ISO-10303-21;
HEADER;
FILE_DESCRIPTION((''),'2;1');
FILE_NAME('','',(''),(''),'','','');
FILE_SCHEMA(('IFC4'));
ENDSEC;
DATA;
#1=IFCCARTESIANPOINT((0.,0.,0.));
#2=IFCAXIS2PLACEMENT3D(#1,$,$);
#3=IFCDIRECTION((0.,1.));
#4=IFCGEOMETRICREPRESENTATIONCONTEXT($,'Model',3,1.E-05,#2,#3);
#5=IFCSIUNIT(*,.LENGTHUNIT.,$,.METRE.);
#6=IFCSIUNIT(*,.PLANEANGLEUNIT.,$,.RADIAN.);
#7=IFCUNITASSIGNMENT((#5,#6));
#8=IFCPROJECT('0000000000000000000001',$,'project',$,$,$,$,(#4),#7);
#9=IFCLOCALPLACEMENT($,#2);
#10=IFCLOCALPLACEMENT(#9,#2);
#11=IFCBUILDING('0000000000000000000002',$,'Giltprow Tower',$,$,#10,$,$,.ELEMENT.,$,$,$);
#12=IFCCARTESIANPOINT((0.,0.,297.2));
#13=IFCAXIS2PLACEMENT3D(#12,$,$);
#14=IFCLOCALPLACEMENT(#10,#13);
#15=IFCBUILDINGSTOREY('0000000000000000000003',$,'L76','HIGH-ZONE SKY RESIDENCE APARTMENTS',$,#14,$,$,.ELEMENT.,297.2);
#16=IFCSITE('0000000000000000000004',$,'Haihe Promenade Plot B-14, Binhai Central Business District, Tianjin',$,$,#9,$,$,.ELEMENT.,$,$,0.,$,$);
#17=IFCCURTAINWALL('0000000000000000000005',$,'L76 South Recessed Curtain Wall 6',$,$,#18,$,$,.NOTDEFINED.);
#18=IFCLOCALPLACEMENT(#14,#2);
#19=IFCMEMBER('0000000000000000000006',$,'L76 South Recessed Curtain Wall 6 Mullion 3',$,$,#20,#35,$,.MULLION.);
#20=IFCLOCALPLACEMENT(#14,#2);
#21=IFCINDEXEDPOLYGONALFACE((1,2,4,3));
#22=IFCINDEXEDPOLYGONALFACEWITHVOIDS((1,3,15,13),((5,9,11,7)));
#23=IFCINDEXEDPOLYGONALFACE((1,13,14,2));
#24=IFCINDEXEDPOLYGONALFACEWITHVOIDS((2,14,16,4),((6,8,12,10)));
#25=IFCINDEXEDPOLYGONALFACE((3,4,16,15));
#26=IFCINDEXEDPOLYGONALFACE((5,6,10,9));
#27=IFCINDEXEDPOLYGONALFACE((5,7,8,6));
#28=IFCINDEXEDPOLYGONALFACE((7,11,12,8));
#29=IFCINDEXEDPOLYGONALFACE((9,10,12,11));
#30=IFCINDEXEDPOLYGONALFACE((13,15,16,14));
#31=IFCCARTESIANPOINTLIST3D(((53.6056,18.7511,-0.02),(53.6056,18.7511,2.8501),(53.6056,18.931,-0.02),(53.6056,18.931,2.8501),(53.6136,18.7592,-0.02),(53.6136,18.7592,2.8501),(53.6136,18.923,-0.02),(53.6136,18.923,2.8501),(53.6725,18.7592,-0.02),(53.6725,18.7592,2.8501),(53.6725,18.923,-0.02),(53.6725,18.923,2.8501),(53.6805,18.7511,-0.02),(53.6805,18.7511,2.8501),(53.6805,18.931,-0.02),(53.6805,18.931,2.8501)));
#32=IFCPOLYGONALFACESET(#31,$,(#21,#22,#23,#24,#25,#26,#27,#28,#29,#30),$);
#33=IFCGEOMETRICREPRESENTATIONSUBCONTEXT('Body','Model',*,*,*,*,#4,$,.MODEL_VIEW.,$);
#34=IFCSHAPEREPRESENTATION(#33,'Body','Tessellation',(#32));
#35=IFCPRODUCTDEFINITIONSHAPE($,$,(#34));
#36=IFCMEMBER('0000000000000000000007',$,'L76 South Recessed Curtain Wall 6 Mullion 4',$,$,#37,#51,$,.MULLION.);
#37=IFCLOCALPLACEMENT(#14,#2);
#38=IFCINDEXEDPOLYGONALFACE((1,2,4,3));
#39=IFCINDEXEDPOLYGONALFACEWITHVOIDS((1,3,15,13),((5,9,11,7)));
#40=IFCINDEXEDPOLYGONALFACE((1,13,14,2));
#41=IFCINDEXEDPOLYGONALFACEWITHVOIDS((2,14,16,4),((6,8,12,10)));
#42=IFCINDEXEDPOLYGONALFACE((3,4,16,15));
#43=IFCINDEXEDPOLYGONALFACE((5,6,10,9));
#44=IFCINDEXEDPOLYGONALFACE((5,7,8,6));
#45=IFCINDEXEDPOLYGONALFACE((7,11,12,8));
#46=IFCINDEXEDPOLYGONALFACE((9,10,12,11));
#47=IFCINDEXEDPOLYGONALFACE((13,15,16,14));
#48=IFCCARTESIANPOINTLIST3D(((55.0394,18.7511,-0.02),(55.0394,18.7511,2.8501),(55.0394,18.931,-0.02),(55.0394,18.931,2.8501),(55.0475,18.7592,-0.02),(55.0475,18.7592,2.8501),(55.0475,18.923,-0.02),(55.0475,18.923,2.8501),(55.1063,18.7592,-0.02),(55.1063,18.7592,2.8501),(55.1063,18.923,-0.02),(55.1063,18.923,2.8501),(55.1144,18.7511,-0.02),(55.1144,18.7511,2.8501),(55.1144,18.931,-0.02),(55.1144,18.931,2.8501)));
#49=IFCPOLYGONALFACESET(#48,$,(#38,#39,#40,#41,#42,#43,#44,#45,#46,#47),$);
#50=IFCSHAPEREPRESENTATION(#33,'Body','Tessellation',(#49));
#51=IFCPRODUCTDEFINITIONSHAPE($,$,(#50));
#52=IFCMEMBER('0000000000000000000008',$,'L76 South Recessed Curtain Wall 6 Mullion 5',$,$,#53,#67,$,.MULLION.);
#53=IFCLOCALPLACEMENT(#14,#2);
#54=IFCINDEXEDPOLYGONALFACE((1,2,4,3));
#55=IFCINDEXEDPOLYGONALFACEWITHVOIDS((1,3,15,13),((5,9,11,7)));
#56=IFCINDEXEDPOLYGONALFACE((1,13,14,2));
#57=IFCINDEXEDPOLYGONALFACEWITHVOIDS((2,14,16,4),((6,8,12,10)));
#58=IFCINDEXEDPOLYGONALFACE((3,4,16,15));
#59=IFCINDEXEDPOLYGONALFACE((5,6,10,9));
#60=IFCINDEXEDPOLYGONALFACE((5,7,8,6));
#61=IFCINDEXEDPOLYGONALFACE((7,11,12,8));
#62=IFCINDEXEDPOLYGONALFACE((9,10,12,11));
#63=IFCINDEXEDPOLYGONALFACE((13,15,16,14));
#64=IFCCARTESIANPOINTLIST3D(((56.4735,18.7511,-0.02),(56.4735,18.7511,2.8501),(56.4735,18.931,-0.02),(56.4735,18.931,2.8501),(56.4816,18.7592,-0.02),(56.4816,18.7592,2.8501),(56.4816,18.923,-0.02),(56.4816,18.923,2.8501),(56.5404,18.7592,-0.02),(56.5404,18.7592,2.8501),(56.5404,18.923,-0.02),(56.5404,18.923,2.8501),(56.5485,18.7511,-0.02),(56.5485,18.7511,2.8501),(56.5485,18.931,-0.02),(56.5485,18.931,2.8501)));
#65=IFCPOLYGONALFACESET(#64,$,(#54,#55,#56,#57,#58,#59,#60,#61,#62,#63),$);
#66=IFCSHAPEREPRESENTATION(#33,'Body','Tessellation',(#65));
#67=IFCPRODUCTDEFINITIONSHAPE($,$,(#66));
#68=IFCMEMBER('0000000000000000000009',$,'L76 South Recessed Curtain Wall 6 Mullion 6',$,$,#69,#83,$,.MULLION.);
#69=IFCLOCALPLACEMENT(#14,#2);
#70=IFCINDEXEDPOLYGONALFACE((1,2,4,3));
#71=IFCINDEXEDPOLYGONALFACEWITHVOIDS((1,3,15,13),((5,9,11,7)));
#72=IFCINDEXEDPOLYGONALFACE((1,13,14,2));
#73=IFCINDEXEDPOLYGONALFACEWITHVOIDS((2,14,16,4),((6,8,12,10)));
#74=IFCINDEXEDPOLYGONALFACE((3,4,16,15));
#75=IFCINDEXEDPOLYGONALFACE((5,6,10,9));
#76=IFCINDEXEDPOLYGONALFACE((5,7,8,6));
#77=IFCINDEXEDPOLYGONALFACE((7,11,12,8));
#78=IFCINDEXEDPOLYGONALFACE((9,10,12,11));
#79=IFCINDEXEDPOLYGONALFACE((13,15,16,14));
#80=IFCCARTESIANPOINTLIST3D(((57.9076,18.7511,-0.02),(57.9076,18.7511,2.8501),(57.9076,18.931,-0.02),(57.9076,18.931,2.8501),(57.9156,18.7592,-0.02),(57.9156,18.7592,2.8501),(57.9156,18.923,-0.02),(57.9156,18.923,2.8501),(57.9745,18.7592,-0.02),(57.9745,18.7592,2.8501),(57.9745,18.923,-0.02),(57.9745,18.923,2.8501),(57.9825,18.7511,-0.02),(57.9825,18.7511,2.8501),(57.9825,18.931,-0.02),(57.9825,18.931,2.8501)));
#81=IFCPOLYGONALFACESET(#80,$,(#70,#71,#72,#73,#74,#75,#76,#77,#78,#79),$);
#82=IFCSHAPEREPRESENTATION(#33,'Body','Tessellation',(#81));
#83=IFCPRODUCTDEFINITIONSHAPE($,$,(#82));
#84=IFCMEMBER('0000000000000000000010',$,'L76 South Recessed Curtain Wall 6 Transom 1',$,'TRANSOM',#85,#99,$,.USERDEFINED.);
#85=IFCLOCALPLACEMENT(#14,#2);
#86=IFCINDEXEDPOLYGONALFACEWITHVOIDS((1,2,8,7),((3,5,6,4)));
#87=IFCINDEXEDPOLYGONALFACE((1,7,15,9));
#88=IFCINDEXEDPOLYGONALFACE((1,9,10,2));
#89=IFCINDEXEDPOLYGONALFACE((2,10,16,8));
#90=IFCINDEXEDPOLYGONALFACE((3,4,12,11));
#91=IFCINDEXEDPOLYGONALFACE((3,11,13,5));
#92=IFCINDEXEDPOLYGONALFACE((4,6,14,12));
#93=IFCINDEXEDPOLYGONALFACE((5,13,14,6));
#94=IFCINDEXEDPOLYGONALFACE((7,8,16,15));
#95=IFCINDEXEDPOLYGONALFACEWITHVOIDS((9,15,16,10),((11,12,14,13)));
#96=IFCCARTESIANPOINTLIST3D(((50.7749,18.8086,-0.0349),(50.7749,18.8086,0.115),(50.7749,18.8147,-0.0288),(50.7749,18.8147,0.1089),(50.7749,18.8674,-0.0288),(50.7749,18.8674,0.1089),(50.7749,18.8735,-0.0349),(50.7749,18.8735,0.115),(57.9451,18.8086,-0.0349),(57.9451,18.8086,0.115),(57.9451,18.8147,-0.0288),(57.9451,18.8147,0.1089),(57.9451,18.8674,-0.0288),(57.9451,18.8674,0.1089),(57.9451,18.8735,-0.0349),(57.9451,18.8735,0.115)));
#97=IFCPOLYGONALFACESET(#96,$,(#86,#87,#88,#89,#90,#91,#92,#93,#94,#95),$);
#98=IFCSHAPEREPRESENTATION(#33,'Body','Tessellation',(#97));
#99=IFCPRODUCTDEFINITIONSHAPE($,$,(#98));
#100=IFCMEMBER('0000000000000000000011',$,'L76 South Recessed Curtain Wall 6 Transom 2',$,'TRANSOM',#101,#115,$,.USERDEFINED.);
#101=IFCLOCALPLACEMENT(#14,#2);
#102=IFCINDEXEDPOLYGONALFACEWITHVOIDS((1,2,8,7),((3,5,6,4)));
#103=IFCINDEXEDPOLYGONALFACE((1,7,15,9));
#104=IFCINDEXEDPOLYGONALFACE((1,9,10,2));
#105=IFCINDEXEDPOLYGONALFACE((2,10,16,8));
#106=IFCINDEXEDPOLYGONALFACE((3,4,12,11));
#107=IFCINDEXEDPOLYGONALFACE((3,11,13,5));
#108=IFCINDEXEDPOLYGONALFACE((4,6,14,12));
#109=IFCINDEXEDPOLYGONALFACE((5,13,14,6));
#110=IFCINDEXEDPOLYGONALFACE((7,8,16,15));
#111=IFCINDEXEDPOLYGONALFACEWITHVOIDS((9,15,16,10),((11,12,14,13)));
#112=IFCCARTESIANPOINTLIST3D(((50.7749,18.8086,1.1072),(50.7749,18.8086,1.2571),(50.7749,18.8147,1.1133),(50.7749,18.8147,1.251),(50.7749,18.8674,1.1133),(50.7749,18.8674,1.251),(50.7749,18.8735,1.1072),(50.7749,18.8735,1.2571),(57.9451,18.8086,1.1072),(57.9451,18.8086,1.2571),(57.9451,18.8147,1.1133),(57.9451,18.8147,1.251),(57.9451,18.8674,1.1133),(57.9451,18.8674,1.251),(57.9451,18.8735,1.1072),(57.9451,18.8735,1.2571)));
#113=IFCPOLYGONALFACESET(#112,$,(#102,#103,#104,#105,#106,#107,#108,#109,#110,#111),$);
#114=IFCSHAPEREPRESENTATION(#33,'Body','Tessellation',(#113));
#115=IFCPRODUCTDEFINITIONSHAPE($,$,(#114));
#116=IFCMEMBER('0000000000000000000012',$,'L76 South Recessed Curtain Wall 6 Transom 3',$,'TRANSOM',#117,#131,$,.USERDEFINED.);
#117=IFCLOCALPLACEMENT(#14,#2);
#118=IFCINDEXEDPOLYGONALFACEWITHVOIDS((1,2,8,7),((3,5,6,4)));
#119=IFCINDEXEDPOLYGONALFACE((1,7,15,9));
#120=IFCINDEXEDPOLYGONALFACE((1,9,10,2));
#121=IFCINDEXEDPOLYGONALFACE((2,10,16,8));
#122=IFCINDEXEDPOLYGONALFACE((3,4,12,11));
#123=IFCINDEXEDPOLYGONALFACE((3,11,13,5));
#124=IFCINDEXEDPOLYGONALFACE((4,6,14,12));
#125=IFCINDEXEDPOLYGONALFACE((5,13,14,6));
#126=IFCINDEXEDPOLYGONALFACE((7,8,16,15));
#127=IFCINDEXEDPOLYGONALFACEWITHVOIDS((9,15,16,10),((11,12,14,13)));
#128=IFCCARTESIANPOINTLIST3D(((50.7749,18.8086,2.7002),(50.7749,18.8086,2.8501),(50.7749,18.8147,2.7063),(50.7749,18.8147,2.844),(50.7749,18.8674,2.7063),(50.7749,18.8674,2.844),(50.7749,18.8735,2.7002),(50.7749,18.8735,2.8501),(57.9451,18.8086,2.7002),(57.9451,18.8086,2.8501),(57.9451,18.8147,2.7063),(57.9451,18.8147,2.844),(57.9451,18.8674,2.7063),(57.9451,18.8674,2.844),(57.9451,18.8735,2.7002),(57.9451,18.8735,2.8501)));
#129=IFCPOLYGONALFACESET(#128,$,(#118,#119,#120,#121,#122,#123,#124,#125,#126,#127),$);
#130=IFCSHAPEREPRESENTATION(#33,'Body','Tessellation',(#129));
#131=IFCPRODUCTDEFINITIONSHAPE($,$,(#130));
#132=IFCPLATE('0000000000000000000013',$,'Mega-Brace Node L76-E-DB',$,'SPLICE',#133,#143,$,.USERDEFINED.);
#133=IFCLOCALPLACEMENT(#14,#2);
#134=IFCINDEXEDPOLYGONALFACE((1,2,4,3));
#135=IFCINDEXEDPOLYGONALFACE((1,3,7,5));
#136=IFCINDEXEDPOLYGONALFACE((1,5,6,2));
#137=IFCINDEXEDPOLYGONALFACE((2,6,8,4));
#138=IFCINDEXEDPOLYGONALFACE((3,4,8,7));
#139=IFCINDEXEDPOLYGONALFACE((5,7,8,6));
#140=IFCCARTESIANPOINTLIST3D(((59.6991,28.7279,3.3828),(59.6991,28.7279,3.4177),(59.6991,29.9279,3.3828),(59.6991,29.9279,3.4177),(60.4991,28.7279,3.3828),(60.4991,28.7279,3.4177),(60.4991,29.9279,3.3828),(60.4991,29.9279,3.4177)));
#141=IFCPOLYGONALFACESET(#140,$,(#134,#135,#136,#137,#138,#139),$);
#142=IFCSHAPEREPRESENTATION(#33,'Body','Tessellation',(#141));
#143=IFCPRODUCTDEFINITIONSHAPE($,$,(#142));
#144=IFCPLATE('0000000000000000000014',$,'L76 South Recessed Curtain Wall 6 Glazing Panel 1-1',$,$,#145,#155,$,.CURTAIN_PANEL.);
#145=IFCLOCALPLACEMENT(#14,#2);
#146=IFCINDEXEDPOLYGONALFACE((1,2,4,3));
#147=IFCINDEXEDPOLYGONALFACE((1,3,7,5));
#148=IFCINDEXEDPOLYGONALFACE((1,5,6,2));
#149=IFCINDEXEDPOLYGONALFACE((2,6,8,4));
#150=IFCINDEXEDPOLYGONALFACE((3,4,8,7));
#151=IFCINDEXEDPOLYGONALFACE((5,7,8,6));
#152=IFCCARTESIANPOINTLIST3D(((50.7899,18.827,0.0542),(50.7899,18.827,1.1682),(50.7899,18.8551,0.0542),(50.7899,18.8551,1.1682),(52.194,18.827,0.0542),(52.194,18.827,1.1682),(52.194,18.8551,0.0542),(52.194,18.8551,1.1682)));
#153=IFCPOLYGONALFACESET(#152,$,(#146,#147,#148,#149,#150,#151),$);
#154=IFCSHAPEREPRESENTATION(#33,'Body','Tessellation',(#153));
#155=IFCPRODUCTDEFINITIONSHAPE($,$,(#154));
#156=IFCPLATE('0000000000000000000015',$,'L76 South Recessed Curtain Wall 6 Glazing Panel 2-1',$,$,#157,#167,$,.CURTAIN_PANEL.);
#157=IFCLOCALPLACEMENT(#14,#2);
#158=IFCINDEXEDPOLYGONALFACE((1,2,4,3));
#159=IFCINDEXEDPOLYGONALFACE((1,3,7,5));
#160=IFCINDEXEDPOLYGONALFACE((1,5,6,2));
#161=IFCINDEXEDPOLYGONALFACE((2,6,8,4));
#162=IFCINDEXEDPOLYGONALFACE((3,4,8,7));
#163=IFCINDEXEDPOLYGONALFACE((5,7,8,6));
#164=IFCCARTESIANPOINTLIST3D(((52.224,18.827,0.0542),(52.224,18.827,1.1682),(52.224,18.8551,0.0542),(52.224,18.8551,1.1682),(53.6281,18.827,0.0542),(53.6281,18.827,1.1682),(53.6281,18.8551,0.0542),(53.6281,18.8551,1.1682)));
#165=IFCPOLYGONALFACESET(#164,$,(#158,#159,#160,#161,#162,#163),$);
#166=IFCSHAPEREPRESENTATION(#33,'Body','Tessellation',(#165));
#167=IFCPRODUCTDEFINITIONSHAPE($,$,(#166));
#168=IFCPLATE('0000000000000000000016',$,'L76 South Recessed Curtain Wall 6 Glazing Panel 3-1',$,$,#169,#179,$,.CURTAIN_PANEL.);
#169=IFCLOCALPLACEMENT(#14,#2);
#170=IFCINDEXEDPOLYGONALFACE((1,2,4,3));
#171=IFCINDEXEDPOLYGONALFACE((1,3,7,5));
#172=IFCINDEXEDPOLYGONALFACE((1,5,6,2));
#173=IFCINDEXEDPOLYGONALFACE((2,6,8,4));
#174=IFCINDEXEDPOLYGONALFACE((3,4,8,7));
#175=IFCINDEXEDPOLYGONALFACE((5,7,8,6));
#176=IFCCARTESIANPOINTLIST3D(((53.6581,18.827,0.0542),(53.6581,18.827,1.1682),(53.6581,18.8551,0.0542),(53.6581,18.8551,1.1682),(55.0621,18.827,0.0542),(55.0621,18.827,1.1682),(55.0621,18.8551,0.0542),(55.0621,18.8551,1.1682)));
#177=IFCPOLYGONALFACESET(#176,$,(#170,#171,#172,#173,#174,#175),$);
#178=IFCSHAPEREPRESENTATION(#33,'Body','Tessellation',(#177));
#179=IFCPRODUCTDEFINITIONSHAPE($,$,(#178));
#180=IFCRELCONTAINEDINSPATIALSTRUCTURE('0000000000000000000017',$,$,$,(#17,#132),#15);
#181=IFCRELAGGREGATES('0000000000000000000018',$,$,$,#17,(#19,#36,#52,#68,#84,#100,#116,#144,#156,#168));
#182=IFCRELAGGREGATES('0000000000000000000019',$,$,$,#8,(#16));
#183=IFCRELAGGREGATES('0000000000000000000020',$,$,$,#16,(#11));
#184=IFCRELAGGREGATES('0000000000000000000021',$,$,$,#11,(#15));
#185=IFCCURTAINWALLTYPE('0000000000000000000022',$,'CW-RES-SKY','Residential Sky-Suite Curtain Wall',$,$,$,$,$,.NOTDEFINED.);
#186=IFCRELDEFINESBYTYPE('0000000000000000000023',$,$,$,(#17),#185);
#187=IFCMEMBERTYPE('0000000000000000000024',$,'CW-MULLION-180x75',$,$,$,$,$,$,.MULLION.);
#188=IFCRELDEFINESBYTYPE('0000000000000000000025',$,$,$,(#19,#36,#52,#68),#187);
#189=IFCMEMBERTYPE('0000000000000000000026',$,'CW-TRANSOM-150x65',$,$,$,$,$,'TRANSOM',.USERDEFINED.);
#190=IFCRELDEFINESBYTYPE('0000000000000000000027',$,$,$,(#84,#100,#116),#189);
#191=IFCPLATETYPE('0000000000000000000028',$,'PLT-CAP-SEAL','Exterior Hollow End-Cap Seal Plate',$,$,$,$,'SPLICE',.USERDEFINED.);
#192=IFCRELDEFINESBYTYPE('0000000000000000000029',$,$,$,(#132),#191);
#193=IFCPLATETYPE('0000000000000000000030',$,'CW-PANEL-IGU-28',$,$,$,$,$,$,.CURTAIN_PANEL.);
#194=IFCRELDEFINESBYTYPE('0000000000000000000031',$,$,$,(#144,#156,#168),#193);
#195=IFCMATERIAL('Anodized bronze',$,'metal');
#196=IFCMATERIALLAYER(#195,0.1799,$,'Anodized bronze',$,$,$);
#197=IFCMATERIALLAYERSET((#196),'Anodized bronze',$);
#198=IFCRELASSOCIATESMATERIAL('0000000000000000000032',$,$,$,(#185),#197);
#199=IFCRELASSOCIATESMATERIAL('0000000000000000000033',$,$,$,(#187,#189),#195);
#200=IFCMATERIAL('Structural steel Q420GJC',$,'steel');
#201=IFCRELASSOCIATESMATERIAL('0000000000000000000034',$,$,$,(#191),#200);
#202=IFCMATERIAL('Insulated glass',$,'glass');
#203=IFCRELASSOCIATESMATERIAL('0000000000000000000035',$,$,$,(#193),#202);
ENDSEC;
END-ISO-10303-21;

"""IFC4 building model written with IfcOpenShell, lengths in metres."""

from ifc_helpers import new_model, si_unit, direction, frame, origin, origin_2d, place, context, subcontext, project, spatial, rectangle, hollow_rectangle, extrude, source, transform, mapped, material, layer, layer_set, material_profile, profile_set, type_object, element, aggregate, save


model = new_model("IFC4")

# Units and contexts
model_context = context("Model", 3, precision=1e-05, world=origin(), true_north=direction((0.0, 1.0)))
body_context = subcontext(model_context, "Body", "Model", "MODEL_VIEW")
ifc_project = project(units=[si_unit("LENGTHUNIT", "METRE"), si_unit("PLANEANGLEUNIT", "RADIAN")], contexts=[model_context])

# Site, building, storey
site_placement = place(None, origin())
site = spatial("IfcSite", under=ifc_project, at=site_placement, Name="Haihe Promenade Plot B-14, Binhai Central Business District, Tianjin", CompositionType="ELEMENT", RefElevation=0.0)
building_placement = place(site_placement, origin())
building = spatial("IfcBuilding", under=site, at=building_placement, Name="Giltprow Tower", CompositionType="ELEMENT")
storey_placement = place(building_placement, frame((0.0, 0.0, 297.2)))
storey = spatial("IfcBuildingStorey", under=building, at=storey_placement, Name="L76", Description="HIGH-ZONE SKY RESIDENCE APARTMENTS", CompositionType="ELEMENT", Elevation=297.2)

# Shared definitions
ifc_material_1 = material(Name="Structural steel Q420GJC", Category="steel")

# Curtain wall, members
ifc_material_2 = material(Name="Anodized bronze", Category="metal")
ifc_layer_1 = layer(ifc_material_2, 0.1799, Name="Anodized bronze")
ifc_layer_set_1 = layer_set([ifc_layer_1], Name="Anodized bronze")
curtain_wall_type = type_object("IfcCurtainWallType", Name="CW-RES-SKY", Description="Residential Sky-Suite Curtain Wall", PredefinedType="NOTDEFINED", material=ifc_layer_set_1)
curtain_wall_placement = place(storey_placement, origin())
curtain_wall = element("IfcCurtainWall", 1, at=curtain_wall_placement, inside=storey, type_object=curtain_wall_type, Name="L76 South Recessed Curtain Wall 6", PredefinedType="NOTDEFINED")
ifc_material_profile_1 = material_profile(ifc_material_2, hollow_rectangle(XDim=0.075, YDim=0.1799, WallThickness=0.0081, at=origin_2d()), Name="RHS 180x75x8")
ifc_profile_set_1 = profile_set([ifc_material_profile_1], Name="Anodized bronze")
member_type_1 = type_object("IfcMemberType", Name="CW-MULLION-180x75", PredefinedType="MULLION", material=ifc_profile_set_1)
shared_shape_1 = source(origin(), body_context, "Body", "SweptSolid", [
    extrude(hollow_rectangle(XDim=0.075, YDim=0.1799, WallThickness=0.0081, at=origin_2d()), origin(), (0.0, 0.0, 1.0), 2.8701),
])
member_1_placement = place(storey_placement, frame((53.6431, 18.8411, -0.02), z_axis=(0.0, 0.0, 1.0), x_axis=(1.0, 0.0, 0.0)))
member_1 = element("IfcMember", 2, at=member_1_placement, type_object=member_type_1, Name="L76 South Recessed Curtain Wall 6 Mullion 3", PredefinedType="MULLION", context=body_context, shape_type="MappedRepresentation", body=[
    mapped(shared_shape_1, transform((0.0, 0.0, 0.0), x_axis=(1.0, 0.0, 0.0), y_axis=(0.0, 1.0, 0.0), z_axis=(0.0, 0.0, 1.0), scale=1.0)),
])
member_2_placement = place(storey_placement, frame((55.0769, 18.8411, -0.02), z_axis=(0.0, 0.0, 1.0), x_axis=(1.0, 0.0, 0.0)))
member_2 = element("IfcMember", 3, at=member_2_placement, type_object=member_type_1, Name="L76 South Recessed Curtain Wall 6 Mullion 4", PredefinedType="MULLION", context=body_context, shape_type="MappedRepresentation", body=[
    mapped(shared_shape_1, transform((0.0, 0.0, 0.0), x_axis=(1.0, 0.0, 0.0), y_axis=(0.0, 1.0, 0.0), z_axis=(0.0, 0.0, 1.0), scale=1.0)),
])
member_3_placement = place(storey_placement, frame((56.511, 18.8411, -0.02), z_axis=(0.0, 0.0, 1.0), x_axis=(1.0, 0.0, 0.0)))
member_3 = element("IfcMember", 4, at=member_3_placement, type_object=member_type_1, Name="L76 South Recessed Curtain Wall 6 Mullion 5", PredefinedType="MULLION", context=body_context, shape_type="MappedRepresentation", body=[
    mapped(shared_shape_1, transform((0.0, 0.0, 0.0), x_axis=(1.0, 0.0, 0.0), y_axis=(0.0, 1.0, 0.0), z_axis=(0.0, 0.0, 1.0), scale=1.0)),
])
member_4_placement = place(storey_placement, frame((57.9451, 18.8411, -0.02), z_axis=(0.0, 0.0, 1.0), x_axis=(1.0, 0.0, 0.0)))
member_4 = element("IfcMember", 5, at=member_4_placement, type_object=member_type_1, Name="L76 South Recessed Curtain Wall 6 Mullion 6", PredefinedType="MULLION", context=body_context, shape_type="MappedRepresentation", body=[
    mapped(shared_shape_1, transform((0.0, 0.0, 0.0), x_axis=(1.0, 0.0, 0.0), y_axis=(0.0, 1.0, 0.0), z_axis=(0.0, 0.0, 1.0), scale=1.0)),
])
ifc_material_profile_2 = material_profile(ifc_material_2, hollow_rectangle(XDim=0.0649, YDim=0.1499, WallThickness=0.0061, at=origin_2d()), Name="RHS 150x65x6")
ifc_profile_set_2 = profile_set([ifc_material_profile_2], Name="Anodized bronze")
member_type_2 = type_object("IfcMemberType", Name="CW-TRANSOM-150x65", ElementType="TRANSOM", PredefinedType="USERDEFINED", material=ifc_profile_set_2)
shared_shape_2 = source(origin(), body_context, "Body", "SweptSolid", [
    extrude(hollow_rectangle(XDim=0.0649, YDim=0.1499, WallThickness=0.0061, at=origin_2d()), origin(), (0.0, 0.0, 1.0), 7.1702),
])
member_5_placement = place(storey_placement, frame((50.7749, 18.8411, 0.04), z_axis=(1.0, 0.0, 0.0), x_axis=(0.0, 1.0, 0.0)))
member_5 = element("IfcMember", 6, at=member_5_placement, type_object=member_type_2, Name="L76 South Recessed Curtain Wall 6 Transom 1", ObjectType="TRANSOM", PredefinedType="USERDEFINED", context=body_context, shape_type="MappedRepresentation", body=[
    mapped(shared_shape_2, transform((0.0, 0.0, 0.0), x_axis=(1.0, 0.0, 0.0), y_axis=(0.0, 1.0, 0.0), z_axis=(0.0, 0.0, 1.0), scale=1.0)),
])
member_6_placement = place(storey_placement, frame((50.7749, 18.8411, 1.1821), z_axis=(1.0, 0.0, 0.0), x_axis=(0.0, 1.0, 0.0)))
member_6 = element("IfcMember", 7, at=member_6_placement, type_object=member_type_2, Name="L76 South Recessed Curtain Wall 6 Transom 2", ObjectType="TRANSOM", PredefinedType="USERDEFINED", context=body_context, shape_type="MappedRepresentation", body=[
    mapped(shared_shape_2, transform((0.0, 0.0, 0.0), x_axis=(1.0, 0.0, 0.0), y_axis=(0.0, 1.0, 0.0), z_axis=(0.0, 0.0, 1.0), scale=1.0)),
])
member_7_placement = place(storey_placement, frame((50.7749, 18.8411, 2.7751), z_axis=(1.0, 0.0, 0.0), x_axis=(0.0, 1.0, 0.0)))
member_7 = element("IfcMember", 8, at=member_7_placement, type_object=member_type_2, Name="L76 South Recessed Curtain Wall 6 Transom 3", ObjectType="TRANSOM", PredefinedType="USERDEFINED", context=body_context, shape_type="MappedRepresentation", body=[
    mapped(shared_shape_2, transform((0.0, 0.0, 0.0), x_axis=(1.0, 0.0, 0.0), y_axis=(0.0, 1.0, 0.0), z_axis=(0.0, 0.0, 1.0), scale=1.0)),
])

# Plates
plate_type_1 = type_object("IfcPlateType", Name="PLT-CAP-SEAL", Description="Exterior Hollow End-Cap Seal Plate", ElementType="SPLICE", PredefinedType="USERDEFINED", material=ifc_material_1)
shared_shape_3 = source(origin(), body_context, "Body", "SweptSolid", [
    extrude(rectangle(XDim=1.2, YDim=0.8, at=origin_2d()), origin(), (0.0, 0.0, 1.0), 0.0349),
])
plate_1_placement = place(storey_placement, frame((60.0991, 29.3279, 3.3828), z_axis=(0.0, 0.0, 1.0), x_axis=(0.0, 1.0, 0.0)))
element("IfcPlate", 9, at=plate_1_placement, inside=storey, type_object=plate_type_1, Name="Mega-Brace Node L76-E-DB", ObjectType="SPLICE", PredefinedType="USERDEFINED", context=body_context, shape_type="MappedRepresentation", body=[
    mapped(shared_shape_3, transform((0.0, 0.0, 0.0), x_axis=(1.0, 0.0, 0.0), y_axis=(0.0, 1.0, 0.0), z_axis=(0.0, 0.0, 1.0), scale=1.0)),
])
ifc_material_3 = material(Name="Insulated glass", Category="glass")
plate_type_2 = type_object("IfcPlateType", Name="CW-PANEL-IGU-28", PredefinedType="CURTAIN_PANEL", material=ifc_material_3)
shared_shape_4 = source(origin(), body_context, "Body", "SweptSolid", [
    extrude(rectangle(XDim=1.4041, YDim=0.0281, at=origin_2d()), origin(), (0.0, 0.0, 1.0), 1.114),
])
plate_2_placement = place(storey_placement, frame((51.4919, 18.8411, 0.0542), z_axis=(0.0, 0.0, 1.0), x_axis=(1.0, 0.0, 0.0)))
plate_2 = element("IfcPlate", 10, at=plate_2_placement, type_object=plate_type_2, Name="L76 South Recessed Curtain Wall 6 Glazing Panel 1-1", PredefinedType="CURTAIN_PANEL", context=body_context, shape_type="MappedRepresentation", body=[
    mapped(shared_shape_4, transform((0.0, 0.0, 0.0), x_axis=(1.0, 0.0, 0.0), y_axis=(0.0, 1.0, 0.0), z_axis=(0.0, 0.0, 1.0), scale=1.0)),
])
plate_3_placement = place(storey_placement, frame((52.926, 18.8411, 0.0542), z_axis=(0.0, 0.0, 1.0), x_axis=(1.0, 0.0, 0.0)))
plate_3 = element("IfcPlate", 11, at=plate_3_placement, type_object=plate_type_2, Name="L76 South Recessed Curtain Wall 6 Glazing Panel 2-1", PredefinedType="CURTAIN_PANEL", context=body_context, shape_type="MappedRepresentation", body=[
    mapped(shared_shape_4, transform((0.0, 0.0, 0.0), x_axis=(1.0, 0.0, 0.0), y_axis=(0.0, 1.0, 0.0), z_axis=(0.0, 0.0, 1.0), scale=1.0)),
])
plate_4_placement = place(storey_placement, frame((54.3601, 18.8411, 0.0542), z_axis=(0.0, 0.0, 1.0), x_axis=(1.0, 0.0, 0.0)))
plate_4 = element("IfcPlate", 12, at=plate_4_placement, type_object=plate_type_2, Name="L76 South Recessed Curtain Wall 6 Glazing Panel 3-1", PredefinedType="CURTAIN_PANEL", context=body_context, shape_type="MappedRepresentation", body=[
    mapped(shared_shape_4, transform((0.0, 0.0, 0.0), x_axis=(1.0, 0.0, 0.0), y_axis=(0.0, 1.0, 0.0), z_axis=(0.0, 0.0, 1.0), scale=1.0)),
])
aggregate(curtain_wall, [member_1, member_2, member_3, member_4, member_5, member_6, member_7, plate_2, plate_3, plate_4])

save(model, "model.ifc")
